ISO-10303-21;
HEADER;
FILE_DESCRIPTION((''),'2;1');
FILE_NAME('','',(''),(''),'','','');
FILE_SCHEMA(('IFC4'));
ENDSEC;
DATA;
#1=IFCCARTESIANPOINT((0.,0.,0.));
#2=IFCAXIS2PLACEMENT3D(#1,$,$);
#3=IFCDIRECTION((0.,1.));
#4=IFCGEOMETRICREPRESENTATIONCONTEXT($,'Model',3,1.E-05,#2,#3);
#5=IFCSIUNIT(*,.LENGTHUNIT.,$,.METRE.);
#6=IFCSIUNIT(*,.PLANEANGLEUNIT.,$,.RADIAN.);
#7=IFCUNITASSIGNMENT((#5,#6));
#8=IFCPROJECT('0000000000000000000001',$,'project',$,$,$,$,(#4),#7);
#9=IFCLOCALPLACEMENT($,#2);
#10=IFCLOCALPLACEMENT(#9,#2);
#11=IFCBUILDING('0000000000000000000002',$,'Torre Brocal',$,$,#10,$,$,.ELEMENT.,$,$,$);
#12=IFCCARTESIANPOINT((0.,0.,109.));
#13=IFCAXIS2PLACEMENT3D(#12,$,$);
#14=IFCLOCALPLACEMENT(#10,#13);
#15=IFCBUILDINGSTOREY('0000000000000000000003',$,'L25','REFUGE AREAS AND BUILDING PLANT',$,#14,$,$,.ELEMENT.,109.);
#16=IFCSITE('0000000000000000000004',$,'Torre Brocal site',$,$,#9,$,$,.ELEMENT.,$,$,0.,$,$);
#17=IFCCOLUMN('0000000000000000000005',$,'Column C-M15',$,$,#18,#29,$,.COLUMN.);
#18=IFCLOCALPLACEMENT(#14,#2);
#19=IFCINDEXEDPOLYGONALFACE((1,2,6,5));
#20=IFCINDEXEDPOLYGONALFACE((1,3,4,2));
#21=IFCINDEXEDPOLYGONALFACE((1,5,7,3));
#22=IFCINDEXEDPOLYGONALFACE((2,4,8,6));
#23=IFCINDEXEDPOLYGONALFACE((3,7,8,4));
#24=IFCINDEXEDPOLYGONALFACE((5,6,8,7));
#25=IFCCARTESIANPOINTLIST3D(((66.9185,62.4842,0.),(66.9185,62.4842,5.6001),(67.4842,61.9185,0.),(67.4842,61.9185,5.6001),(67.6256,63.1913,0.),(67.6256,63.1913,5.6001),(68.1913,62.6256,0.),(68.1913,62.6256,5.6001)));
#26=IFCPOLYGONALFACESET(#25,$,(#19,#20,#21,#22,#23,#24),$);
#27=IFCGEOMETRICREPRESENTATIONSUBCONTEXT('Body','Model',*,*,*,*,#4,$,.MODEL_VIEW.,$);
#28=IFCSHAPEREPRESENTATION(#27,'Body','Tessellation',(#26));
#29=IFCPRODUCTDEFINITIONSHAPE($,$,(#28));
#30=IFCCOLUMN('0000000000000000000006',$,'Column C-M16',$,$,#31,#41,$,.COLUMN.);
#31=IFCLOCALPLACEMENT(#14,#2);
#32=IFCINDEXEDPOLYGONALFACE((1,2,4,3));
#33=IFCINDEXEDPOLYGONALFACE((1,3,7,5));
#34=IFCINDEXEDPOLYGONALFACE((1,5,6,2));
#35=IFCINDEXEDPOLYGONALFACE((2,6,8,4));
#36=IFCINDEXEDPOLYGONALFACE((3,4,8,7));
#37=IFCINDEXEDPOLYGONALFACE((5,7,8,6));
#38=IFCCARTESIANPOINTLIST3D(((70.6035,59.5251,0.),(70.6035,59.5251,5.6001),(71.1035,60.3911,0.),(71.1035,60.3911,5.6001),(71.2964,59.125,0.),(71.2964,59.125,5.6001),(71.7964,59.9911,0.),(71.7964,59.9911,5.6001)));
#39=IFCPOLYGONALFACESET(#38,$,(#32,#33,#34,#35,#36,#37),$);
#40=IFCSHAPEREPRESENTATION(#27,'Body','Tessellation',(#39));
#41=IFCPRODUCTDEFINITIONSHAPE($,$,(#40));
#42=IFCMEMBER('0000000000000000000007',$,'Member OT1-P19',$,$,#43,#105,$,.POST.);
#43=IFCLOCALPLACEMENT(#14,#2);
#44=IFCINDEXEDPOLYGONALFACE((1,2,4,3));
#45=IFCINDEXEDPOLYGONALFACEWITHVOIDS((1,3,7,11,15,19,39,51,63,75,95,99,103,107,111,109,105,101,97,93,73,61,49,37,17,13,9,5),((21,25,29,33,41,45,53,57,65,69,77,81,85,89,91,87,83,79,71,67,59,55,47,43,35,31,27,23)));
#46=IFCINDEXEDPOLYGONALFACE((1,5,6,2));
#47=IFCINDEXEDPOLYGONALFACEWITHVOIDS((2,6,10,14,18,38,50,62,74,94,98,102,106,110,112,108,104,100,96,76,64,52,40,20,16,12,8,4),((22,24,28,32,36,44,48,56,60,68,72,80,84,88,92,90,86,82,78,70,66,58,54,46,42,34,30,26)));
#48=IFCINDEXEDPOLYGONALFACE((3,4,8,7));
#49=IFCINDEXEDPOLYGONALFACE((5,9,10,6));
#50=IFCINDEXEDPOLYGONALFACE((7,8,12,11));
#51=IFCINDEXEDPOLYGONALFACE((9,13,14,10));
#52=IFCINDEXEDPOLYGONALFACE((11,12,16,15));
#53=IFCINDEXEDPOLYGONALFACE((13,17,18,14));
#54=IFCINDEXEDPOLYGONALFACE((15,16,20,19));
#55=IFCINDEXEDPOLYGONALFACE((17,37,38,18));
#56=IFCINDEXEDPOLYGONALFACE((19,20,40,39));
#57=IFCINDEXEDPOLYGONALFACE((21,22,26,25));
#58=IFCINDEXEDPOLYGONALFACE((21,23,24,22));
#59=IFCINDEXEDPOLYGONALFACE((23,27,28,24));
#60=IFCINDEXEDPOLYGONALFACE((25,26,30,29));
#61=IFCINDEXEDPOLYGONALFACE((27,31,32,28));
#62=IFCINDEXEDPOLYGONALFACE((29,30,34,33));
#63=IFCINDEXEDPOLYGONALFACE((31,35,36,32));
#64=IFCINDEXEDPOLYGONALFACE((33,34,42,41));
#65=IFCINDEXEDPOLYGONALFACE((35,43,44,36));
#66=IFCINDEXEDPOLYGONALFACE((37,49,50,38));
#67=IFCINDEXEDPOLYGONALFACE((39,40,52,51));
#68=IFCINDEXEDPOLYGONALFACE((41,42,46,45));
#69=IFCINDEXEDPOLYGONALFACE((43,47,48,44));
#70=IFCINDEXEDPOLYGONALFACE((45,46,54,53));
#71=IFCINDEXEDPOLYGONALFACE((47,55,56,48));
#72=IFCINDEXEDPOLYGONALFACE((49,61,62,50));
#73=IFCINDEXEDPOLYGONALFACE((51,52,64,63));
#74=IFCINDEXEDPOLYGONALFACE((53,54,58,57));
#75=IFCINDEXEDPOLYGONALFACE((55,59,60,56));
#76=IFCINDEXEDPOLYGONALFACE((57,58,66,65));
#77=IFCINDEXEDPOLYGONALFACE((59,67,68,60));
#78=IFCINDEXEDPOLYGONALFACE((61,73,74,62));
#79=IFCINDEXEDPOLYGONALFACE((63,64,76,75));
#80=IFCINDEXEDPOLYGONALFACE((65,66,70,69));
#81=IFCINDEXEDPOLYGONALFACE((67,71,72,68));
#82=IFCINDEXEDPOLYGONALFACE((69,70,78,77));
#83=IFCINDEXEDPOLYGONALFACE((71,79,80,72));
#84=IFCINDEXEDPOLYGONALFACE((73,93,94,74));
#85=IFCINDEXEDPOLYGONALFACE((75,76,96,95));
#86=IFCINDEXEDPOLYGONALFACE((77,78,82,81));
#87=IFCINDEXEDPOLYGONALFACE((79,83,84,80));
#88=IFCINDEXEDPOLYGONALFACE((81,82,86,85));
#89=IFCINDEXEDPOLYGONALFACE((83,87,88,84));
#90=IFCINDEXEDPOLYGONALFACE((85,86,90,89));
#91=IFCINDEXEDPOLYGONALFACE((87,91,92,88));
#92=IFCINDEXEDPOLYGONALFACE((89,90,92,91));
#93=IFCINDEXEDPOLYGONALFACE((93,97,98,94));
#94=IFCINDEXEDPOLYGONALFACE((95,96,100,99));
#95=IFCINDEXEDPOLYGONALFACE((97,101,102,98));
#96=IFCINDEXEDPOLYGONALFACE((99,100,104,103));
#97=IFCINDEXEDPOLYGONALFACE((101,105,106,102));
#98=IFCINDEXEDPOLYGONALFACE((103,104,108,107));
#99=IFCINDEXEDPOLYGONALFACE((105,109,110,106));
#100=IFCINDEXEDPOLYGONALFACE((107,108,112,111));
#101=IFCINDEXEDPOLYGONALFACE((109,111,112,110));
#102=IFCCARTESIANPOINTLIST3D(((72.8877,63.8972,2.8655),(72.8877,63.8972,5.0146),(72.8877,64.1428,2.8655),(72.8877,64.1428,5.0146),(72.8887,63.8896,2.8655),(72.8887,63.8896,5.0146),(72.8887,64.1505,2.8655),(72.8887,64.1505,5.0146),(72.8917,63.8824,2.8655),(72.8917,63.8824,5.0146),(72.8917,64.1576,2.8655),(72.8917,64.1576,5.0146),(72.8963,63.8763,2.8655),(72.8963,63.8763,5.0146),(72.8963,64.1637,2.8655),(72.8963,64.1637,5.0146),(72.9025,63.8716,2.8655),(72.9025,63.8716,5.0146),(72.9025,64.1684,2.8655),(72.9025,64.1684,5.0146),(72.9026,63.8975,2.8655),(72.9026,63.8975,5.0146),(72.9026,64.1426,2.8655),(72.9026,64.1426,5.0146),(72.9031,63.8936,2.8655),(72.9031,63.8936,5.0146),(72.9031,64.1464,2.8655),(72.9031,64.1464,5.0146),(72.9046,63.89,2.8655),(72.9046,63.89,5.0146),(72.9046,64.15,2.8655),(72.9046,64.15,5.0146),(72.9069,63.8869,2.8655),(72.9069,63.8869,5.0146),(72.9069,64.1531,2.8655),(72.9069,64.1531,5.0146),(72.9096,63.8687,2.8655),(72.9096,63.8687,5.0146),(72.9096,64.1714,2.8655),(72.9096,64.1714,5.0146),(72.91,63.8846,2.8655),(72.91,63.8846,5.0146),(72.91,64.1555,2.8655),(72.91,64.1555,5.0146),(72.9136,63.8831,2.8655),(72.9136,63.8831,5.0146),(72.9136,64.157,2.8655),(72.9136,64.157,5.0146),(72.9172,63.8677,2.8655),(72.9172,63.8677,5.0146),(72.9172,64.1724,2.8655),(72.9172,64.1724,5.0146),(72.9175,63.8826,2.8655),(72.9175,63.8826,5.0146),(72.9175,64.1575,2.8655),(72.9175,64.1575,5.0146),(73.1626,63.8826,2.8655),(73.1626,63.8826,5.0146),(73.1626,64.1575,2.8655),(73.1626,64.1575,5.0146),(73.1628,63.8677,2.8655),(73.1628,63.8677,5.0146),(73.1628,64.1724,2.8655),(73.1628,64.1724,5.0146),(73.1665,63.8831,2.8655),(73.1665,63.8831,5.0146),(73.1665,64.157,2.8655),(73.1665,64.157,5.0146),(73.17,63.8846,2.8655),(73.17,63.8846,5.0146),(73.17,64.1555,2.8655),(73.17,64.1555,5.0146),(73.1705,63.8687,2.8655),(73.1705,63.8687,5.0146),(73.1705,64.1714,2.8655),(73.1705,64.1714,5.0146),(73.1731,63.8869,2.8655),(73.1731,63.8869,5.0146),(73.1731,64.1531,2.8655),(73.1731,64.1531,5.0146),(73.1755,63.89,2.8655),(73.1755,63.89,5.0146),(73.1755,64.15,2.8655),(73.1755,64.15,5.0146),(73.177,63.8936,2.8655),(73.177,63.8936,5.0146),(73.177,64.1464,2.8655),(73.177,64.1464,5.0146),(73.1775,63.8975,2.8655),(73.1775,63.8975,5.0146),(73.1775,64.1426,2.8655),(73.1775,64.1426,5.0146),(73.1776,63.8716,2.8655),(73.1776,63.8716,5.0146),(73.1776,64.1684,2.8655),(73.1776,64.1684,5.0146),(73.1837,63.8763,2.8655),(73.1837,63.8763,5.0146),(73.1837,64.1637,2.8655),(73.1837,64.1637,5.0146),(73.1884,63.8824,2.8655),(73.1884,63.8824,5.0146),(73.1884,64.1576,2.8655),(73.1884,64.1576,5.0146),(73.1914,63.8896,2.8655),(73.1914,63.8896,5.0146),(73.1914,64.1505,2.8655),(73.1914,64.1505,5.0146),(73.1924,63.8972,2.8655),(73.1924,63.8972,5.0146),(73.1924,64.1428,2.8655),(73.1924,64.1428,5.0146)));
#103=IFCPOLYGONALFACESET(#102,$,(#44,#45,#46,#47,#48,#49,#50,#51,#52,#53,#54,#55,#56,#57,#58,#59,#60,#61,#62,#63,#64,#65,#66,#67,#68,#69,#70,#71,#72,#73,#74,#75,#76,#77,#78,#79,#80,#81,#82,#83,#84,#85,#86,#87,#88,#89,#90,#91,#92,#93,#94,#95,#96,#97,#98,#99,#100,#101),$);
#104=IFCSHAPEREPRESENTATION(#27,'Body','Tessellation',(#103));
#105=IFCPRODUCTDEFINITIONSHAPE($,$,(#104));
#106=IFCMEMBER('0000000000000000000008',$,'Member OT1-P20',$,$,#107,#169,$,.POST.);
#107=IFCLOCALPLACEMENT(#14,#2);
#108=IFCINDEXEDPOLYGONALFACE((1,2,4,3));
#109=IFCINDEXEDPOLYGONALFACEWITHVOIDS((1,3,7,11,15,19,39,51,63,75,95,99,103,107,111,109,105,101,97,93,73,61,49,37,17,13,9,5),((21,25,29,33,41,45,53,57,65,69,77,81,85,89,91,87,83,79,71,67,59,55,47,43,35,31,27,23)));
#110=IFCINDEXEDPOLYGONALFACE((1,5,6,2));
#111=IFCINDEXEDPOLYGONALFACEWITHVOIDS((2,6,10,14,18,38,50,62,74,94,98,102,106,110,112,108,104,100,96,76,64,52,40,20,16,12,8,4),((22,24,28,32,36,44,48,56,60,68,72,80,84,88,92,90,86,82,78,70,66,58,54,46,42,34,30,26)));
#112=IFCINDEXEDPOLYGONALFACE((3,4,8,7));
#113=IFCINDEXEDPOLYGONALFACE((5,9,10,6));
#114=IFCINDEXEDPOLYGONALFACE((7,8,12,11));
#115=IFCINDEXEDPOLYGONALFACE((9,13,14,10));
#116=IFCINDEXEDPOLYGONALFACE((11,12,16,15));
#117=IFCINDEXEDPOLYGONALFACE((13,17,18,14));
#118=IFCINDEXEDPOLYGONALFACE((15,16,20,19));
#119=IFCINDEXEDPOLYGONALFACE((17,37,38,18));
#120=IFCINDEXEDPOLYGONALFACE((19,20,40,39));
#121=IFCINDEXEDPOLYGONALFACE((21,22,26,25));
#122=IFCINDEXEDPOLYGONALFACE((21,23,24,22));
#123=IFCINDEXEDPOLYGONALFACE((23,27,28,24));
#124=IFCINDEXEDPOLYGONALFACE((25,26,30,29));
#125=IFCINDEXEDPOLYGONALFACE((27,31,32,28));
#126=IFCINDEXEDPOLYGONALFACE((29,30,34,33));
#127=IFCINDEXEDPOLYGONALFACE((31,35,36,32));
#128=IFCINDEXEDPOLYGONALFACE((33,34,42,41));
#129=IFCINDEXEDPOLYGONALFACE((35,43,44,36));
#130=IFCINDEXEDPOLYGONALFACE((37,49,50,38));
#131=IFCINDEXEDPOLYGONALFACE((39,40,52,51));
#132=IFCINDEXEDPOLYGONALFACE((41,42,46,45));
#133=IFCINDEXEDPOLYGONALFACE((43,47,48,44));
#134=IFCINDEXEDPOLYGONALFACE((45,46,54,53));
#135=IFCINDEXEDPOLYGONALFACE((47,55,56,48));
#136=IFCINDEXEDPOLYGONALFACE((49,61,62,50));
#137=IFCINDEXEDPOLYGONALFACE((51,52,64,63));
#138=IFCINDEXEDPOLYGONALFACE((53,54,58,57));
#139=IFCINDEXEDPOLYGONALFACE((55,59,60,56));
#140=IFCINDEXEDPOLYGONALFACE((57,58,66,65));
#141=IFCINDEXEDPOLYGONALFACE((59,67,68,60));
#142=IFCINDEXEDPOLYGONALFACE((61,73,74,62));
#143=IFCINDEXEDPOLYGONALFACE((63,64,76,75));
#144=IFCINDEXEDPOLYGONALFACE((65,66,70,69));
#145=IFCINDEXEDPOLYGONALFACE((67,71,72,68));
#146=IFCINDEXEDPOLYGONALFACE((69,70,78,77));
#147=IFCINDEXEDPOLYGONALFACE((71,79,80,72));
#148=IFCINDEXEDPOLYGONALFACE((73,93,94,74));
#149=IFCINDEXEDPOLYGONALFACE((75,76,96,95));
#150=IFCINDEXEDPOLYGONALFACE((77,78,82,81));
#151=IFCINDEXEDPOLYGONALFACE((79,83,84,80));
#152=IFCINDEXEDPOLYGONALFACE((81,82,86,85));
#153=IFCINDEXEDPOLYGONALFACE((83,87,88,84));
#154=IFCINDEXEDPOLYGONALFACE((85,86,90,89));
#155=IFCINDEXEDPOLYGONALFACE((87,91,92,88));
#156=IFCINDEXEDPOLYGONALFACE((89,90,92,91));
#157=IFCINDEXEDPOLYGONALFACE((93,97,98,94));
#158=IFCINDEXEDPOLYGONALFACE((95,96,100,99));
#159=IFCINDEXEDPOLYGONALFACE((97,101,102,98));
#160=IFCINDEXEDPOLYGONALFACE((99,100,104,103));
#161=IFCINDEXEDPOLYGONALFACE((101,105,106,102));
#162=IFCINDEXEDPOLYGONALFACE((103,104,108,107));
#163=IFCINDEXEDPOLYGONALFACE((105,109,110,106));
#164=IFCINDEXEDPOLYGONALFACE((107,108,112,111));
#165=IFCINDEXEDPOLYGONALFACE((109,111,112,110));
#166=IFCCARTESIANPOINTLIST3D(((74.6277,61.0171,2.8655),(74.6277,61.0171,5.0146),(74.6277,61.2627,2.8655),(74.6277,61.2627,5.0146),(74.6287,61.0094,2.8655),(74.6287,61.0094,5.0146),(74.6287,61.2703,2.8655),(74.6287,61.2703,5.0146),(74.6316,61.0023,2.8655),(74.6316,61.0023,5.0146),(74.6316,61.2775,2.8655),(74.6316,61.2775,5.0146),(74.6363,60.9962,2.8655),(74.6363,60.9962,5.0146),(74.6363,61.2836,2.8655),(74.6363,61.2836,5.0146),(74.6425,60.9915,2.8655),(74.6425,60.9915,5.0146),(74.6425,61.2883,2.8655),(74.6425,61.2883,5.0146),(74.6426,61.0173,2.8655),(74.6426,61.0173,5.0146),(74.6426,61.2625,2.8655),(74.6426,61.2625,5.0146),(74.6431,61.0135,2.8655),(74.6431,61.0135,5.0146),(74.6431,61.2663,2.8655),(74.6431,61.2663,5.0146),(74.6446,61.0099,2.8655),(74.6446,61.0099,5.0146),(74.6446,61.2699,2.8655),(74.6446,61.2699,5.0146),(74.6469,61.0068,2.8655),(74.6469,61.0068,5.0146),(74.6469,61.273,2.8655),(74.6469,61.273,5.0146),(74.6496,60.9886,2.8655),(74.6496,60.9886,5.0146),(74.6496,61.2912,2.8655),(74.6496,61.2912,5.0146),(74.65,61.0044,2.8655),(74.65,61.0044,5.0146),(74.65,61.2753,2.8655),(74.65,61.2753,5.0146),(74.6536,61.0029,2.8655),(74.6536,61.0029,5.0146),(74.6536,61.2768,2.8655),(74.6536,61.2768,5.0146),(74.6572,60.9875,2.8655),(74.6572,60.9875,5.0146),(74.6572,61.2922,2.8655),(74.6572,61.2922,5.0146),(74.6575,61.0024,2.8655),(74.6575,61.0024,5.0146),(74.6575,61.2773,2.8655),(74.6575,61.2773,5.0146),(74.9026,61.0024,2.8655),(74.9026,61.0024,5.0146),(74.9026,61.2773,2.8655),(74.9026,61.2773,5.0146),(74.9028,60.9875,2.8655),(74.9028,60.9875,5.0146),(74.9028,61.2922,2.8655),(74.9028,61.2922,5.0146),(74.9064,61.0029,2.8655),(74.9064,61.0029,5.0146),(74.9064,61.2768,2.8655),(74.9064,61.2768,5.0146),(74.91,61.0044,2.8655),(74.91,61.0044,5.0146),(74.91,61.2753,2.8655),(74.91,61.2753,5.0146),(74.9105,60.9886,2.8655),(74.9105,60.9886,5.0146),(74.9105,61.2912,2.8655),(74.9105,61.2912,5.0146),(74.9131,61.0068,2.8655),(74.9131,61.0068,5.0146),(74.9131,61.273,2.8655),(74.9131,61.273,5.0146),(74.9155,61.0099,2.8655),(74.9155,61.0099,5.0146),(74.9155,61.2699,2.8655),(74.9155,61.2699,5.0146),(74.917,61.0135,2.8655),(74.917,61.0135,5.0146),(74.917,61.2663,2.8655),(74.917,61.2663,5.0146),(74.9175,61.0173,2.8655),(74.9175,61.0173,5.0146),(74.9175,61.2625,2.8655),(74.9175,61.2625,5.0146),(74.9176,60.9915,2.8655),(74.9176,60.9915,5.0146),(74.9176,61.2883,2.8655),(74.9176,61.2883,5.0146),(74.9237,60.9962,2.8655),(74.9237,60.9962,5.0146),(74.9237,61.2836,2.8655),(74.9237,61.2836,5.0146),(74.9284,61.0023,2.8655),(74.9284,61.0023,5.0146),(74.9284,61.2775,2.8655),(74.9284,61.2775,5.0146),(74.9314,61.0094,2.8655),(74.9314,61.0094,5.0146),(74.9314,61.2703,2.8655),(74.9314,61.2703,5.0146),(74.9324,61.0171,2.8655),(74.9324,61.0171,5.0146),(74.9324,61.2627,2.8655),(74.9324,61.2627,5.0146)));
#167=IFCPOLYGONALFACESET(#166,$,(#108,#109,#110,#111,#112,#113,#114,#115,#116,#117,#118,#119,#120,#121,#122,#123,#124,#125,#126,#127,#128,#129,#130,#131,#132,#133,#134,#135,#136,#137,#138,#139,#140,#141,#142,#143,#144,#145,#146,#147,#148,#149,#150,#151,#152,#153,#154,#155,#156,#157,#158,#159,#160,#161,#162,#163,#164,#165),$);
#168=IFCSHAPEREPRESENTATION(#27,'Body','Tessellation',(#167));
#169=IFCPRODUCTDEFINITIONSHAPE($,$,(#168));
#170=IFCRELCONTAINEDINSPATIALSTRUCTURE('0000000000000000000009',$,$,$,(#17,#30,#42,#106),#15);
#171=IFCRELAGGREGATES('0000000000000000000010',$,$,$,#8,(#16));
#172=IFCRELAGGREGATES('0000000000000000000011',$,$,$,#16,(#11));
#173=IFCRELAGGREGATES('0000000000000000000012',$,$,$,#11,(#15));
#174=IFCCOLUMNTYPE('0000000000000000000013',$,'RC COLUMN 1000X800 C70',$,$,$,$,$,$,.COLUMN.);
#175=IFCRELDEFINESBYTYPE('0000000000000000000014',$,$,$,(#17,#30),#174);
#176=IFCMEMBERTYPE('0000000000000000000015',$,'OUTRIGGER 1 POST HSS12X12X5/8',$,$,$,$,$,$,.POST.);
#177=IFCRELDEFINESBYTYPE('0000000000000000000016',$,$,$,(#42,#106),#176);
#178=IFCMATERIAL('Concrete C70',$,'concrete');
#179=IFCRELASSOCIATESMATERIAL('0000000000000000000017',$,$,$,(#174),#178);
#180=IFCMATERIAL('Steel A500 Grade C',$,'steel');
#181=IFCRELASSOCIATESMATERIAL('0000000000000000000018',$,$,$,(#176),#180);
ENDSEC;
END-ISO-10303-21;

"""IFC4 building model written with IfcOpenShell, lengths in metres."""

from ifc_helpers import new_model, si_unit, direction, frame, origin, origin_2d, place, context, subcontext, project, spatial, rectangle, hollow_rectangle, extrude, material, material_profile, profile_set, type_object, element, save


model = new_model("IFC4")

# Units and contexts
model_context = context("Model", 3, precision=1e-05, world=origin(), true_north=direction((0.0, 1.0)))
body_context = subcontext(model_context, "Body", "Model", "MODEL_VIEW")
ifc_project = project(units=[si_unit("LENGTHUNIT", "METRE"), si_unit("PLANEANGLEUNIT", "RADIAN")], contexts=[model_context])

# Site, building, storey
site_placement = place(None, origin())
site = spatial("IfcSite", under=ifc_project, at=site_placement, Name="Torre Brocal site", CompositionType="ELEMENT", RefElevation=0.0)
building_placement = place(site_placement, origin())
building = spatial("IfcBuilding", under=site, at=building_placement, Name="Torre Brocal", CompositionType="ELEMENT")
storey_placement = place(building_placement, frame((0.0, 0.0, 109.0)))
storey = spatial("IfcBuildingStorey", under=building, at=storey_placement, Name="L25", Description="REFUGE AREAS AND BUILDING PLANT", CompositionType="ELEMENT", Elevation=109.0)

# Columns
ifc_material_1 = material(Name="Concrete C70", Category="concrete")
ifc_material_profile_1 = material_profile(ifc_material_1, rectangle(XDim=1.0, YDim=0.8, at=origin_2d()), Name="RC 1000X800")
ifc_profile_set_1 = profile_set([ifc_material_profile_1], Name="Concrete C70")
column_type = type_object("IfcColumnType", Name="RC COLUMN 1000X800 C70", PredefinedType="COLUMN", material=ifc_profile_set_1)
for number, where, z_axis, x_axis, name in (
    (1, (67.5549, 62.5549, 0.0), (0.0, 0.0, 1.0), (-0.707107, -0.707107, 0.0), "Column C-M15"),
    (2, (71.2, 59.7581, 0.0), (0.0, 0.0, 1.0), (-0.5, -0.866025, 0.0), "Column C-M16"),
):
    element("IfcColumn", number, at=place(storey_placement, frame(where, z_axis=z_axis, x_axis=x_axis)), inside=storey, type_object=column_type, Name=name, PredefinedType="COLUMN", context=body_context, shape_type="SweptSolid", body=[
        extrude(rectangle(XDim=1.0, YDim=0.8, at=origin_2d()), origin(), (0.0, 0.0, 1.0), 5.6001),
    ])

# Members
ifc_material_2 = material(Name="Steel A500 Grade C", Category="steel")
ifc_material_profile_2 = material_profile(ifc_material_2, hollow_rectangle(XDim=0.3047, YDim=0.3047, WallThickness=0.0149, InnerFilletRadius=0.0149, OuterFilletRadius=0.0295, at=origin_2d()), Name="HSS12X12X5/8")
ifc_profile_set_2 = profile_set([ifc_material_profile_2], Name="Steel A500 Grade C")
member_type_1 = type_object("IfcMemberType", Name="OUTRIGGER 1 POST HSS12X12X5/8", PredefinedType="POST", material=ifc_profile_set_2)
for number, where, z_axis, x_axis, name in (
    (3, (73.04, 64.02, 2.8655), (0.0, 0.0, 1.0), (1.0, 0.0, 0.0), "Member OT1-P19"),
    (4, (74.78, 61.1399, 2.8655), (0.0, 0.0, 1.0), (1.0, 0.0, 0.0), "Member OT1-P20"),
):
    element("IfcMember", number, at=place(storey_placement, frame(where, z_axis=z_axis, x_axis=x_axis)), inside=storey, type_object=member_type_1, Name=name, PredefinedType="POST", context=body_context, shape_type="SweptSolid", body=[
        extrude(hollow_rectangle(XDim=0.3047, YDim=0.3047, WallThickness=0.0149, InnerFilletRadius=0.0149, OuterFilletRadius=0.0295, at=origin_2d()), origin(), (0.0, 0.0, 1.0), 2.1492),
    ])

save(model, "model.ifc")
